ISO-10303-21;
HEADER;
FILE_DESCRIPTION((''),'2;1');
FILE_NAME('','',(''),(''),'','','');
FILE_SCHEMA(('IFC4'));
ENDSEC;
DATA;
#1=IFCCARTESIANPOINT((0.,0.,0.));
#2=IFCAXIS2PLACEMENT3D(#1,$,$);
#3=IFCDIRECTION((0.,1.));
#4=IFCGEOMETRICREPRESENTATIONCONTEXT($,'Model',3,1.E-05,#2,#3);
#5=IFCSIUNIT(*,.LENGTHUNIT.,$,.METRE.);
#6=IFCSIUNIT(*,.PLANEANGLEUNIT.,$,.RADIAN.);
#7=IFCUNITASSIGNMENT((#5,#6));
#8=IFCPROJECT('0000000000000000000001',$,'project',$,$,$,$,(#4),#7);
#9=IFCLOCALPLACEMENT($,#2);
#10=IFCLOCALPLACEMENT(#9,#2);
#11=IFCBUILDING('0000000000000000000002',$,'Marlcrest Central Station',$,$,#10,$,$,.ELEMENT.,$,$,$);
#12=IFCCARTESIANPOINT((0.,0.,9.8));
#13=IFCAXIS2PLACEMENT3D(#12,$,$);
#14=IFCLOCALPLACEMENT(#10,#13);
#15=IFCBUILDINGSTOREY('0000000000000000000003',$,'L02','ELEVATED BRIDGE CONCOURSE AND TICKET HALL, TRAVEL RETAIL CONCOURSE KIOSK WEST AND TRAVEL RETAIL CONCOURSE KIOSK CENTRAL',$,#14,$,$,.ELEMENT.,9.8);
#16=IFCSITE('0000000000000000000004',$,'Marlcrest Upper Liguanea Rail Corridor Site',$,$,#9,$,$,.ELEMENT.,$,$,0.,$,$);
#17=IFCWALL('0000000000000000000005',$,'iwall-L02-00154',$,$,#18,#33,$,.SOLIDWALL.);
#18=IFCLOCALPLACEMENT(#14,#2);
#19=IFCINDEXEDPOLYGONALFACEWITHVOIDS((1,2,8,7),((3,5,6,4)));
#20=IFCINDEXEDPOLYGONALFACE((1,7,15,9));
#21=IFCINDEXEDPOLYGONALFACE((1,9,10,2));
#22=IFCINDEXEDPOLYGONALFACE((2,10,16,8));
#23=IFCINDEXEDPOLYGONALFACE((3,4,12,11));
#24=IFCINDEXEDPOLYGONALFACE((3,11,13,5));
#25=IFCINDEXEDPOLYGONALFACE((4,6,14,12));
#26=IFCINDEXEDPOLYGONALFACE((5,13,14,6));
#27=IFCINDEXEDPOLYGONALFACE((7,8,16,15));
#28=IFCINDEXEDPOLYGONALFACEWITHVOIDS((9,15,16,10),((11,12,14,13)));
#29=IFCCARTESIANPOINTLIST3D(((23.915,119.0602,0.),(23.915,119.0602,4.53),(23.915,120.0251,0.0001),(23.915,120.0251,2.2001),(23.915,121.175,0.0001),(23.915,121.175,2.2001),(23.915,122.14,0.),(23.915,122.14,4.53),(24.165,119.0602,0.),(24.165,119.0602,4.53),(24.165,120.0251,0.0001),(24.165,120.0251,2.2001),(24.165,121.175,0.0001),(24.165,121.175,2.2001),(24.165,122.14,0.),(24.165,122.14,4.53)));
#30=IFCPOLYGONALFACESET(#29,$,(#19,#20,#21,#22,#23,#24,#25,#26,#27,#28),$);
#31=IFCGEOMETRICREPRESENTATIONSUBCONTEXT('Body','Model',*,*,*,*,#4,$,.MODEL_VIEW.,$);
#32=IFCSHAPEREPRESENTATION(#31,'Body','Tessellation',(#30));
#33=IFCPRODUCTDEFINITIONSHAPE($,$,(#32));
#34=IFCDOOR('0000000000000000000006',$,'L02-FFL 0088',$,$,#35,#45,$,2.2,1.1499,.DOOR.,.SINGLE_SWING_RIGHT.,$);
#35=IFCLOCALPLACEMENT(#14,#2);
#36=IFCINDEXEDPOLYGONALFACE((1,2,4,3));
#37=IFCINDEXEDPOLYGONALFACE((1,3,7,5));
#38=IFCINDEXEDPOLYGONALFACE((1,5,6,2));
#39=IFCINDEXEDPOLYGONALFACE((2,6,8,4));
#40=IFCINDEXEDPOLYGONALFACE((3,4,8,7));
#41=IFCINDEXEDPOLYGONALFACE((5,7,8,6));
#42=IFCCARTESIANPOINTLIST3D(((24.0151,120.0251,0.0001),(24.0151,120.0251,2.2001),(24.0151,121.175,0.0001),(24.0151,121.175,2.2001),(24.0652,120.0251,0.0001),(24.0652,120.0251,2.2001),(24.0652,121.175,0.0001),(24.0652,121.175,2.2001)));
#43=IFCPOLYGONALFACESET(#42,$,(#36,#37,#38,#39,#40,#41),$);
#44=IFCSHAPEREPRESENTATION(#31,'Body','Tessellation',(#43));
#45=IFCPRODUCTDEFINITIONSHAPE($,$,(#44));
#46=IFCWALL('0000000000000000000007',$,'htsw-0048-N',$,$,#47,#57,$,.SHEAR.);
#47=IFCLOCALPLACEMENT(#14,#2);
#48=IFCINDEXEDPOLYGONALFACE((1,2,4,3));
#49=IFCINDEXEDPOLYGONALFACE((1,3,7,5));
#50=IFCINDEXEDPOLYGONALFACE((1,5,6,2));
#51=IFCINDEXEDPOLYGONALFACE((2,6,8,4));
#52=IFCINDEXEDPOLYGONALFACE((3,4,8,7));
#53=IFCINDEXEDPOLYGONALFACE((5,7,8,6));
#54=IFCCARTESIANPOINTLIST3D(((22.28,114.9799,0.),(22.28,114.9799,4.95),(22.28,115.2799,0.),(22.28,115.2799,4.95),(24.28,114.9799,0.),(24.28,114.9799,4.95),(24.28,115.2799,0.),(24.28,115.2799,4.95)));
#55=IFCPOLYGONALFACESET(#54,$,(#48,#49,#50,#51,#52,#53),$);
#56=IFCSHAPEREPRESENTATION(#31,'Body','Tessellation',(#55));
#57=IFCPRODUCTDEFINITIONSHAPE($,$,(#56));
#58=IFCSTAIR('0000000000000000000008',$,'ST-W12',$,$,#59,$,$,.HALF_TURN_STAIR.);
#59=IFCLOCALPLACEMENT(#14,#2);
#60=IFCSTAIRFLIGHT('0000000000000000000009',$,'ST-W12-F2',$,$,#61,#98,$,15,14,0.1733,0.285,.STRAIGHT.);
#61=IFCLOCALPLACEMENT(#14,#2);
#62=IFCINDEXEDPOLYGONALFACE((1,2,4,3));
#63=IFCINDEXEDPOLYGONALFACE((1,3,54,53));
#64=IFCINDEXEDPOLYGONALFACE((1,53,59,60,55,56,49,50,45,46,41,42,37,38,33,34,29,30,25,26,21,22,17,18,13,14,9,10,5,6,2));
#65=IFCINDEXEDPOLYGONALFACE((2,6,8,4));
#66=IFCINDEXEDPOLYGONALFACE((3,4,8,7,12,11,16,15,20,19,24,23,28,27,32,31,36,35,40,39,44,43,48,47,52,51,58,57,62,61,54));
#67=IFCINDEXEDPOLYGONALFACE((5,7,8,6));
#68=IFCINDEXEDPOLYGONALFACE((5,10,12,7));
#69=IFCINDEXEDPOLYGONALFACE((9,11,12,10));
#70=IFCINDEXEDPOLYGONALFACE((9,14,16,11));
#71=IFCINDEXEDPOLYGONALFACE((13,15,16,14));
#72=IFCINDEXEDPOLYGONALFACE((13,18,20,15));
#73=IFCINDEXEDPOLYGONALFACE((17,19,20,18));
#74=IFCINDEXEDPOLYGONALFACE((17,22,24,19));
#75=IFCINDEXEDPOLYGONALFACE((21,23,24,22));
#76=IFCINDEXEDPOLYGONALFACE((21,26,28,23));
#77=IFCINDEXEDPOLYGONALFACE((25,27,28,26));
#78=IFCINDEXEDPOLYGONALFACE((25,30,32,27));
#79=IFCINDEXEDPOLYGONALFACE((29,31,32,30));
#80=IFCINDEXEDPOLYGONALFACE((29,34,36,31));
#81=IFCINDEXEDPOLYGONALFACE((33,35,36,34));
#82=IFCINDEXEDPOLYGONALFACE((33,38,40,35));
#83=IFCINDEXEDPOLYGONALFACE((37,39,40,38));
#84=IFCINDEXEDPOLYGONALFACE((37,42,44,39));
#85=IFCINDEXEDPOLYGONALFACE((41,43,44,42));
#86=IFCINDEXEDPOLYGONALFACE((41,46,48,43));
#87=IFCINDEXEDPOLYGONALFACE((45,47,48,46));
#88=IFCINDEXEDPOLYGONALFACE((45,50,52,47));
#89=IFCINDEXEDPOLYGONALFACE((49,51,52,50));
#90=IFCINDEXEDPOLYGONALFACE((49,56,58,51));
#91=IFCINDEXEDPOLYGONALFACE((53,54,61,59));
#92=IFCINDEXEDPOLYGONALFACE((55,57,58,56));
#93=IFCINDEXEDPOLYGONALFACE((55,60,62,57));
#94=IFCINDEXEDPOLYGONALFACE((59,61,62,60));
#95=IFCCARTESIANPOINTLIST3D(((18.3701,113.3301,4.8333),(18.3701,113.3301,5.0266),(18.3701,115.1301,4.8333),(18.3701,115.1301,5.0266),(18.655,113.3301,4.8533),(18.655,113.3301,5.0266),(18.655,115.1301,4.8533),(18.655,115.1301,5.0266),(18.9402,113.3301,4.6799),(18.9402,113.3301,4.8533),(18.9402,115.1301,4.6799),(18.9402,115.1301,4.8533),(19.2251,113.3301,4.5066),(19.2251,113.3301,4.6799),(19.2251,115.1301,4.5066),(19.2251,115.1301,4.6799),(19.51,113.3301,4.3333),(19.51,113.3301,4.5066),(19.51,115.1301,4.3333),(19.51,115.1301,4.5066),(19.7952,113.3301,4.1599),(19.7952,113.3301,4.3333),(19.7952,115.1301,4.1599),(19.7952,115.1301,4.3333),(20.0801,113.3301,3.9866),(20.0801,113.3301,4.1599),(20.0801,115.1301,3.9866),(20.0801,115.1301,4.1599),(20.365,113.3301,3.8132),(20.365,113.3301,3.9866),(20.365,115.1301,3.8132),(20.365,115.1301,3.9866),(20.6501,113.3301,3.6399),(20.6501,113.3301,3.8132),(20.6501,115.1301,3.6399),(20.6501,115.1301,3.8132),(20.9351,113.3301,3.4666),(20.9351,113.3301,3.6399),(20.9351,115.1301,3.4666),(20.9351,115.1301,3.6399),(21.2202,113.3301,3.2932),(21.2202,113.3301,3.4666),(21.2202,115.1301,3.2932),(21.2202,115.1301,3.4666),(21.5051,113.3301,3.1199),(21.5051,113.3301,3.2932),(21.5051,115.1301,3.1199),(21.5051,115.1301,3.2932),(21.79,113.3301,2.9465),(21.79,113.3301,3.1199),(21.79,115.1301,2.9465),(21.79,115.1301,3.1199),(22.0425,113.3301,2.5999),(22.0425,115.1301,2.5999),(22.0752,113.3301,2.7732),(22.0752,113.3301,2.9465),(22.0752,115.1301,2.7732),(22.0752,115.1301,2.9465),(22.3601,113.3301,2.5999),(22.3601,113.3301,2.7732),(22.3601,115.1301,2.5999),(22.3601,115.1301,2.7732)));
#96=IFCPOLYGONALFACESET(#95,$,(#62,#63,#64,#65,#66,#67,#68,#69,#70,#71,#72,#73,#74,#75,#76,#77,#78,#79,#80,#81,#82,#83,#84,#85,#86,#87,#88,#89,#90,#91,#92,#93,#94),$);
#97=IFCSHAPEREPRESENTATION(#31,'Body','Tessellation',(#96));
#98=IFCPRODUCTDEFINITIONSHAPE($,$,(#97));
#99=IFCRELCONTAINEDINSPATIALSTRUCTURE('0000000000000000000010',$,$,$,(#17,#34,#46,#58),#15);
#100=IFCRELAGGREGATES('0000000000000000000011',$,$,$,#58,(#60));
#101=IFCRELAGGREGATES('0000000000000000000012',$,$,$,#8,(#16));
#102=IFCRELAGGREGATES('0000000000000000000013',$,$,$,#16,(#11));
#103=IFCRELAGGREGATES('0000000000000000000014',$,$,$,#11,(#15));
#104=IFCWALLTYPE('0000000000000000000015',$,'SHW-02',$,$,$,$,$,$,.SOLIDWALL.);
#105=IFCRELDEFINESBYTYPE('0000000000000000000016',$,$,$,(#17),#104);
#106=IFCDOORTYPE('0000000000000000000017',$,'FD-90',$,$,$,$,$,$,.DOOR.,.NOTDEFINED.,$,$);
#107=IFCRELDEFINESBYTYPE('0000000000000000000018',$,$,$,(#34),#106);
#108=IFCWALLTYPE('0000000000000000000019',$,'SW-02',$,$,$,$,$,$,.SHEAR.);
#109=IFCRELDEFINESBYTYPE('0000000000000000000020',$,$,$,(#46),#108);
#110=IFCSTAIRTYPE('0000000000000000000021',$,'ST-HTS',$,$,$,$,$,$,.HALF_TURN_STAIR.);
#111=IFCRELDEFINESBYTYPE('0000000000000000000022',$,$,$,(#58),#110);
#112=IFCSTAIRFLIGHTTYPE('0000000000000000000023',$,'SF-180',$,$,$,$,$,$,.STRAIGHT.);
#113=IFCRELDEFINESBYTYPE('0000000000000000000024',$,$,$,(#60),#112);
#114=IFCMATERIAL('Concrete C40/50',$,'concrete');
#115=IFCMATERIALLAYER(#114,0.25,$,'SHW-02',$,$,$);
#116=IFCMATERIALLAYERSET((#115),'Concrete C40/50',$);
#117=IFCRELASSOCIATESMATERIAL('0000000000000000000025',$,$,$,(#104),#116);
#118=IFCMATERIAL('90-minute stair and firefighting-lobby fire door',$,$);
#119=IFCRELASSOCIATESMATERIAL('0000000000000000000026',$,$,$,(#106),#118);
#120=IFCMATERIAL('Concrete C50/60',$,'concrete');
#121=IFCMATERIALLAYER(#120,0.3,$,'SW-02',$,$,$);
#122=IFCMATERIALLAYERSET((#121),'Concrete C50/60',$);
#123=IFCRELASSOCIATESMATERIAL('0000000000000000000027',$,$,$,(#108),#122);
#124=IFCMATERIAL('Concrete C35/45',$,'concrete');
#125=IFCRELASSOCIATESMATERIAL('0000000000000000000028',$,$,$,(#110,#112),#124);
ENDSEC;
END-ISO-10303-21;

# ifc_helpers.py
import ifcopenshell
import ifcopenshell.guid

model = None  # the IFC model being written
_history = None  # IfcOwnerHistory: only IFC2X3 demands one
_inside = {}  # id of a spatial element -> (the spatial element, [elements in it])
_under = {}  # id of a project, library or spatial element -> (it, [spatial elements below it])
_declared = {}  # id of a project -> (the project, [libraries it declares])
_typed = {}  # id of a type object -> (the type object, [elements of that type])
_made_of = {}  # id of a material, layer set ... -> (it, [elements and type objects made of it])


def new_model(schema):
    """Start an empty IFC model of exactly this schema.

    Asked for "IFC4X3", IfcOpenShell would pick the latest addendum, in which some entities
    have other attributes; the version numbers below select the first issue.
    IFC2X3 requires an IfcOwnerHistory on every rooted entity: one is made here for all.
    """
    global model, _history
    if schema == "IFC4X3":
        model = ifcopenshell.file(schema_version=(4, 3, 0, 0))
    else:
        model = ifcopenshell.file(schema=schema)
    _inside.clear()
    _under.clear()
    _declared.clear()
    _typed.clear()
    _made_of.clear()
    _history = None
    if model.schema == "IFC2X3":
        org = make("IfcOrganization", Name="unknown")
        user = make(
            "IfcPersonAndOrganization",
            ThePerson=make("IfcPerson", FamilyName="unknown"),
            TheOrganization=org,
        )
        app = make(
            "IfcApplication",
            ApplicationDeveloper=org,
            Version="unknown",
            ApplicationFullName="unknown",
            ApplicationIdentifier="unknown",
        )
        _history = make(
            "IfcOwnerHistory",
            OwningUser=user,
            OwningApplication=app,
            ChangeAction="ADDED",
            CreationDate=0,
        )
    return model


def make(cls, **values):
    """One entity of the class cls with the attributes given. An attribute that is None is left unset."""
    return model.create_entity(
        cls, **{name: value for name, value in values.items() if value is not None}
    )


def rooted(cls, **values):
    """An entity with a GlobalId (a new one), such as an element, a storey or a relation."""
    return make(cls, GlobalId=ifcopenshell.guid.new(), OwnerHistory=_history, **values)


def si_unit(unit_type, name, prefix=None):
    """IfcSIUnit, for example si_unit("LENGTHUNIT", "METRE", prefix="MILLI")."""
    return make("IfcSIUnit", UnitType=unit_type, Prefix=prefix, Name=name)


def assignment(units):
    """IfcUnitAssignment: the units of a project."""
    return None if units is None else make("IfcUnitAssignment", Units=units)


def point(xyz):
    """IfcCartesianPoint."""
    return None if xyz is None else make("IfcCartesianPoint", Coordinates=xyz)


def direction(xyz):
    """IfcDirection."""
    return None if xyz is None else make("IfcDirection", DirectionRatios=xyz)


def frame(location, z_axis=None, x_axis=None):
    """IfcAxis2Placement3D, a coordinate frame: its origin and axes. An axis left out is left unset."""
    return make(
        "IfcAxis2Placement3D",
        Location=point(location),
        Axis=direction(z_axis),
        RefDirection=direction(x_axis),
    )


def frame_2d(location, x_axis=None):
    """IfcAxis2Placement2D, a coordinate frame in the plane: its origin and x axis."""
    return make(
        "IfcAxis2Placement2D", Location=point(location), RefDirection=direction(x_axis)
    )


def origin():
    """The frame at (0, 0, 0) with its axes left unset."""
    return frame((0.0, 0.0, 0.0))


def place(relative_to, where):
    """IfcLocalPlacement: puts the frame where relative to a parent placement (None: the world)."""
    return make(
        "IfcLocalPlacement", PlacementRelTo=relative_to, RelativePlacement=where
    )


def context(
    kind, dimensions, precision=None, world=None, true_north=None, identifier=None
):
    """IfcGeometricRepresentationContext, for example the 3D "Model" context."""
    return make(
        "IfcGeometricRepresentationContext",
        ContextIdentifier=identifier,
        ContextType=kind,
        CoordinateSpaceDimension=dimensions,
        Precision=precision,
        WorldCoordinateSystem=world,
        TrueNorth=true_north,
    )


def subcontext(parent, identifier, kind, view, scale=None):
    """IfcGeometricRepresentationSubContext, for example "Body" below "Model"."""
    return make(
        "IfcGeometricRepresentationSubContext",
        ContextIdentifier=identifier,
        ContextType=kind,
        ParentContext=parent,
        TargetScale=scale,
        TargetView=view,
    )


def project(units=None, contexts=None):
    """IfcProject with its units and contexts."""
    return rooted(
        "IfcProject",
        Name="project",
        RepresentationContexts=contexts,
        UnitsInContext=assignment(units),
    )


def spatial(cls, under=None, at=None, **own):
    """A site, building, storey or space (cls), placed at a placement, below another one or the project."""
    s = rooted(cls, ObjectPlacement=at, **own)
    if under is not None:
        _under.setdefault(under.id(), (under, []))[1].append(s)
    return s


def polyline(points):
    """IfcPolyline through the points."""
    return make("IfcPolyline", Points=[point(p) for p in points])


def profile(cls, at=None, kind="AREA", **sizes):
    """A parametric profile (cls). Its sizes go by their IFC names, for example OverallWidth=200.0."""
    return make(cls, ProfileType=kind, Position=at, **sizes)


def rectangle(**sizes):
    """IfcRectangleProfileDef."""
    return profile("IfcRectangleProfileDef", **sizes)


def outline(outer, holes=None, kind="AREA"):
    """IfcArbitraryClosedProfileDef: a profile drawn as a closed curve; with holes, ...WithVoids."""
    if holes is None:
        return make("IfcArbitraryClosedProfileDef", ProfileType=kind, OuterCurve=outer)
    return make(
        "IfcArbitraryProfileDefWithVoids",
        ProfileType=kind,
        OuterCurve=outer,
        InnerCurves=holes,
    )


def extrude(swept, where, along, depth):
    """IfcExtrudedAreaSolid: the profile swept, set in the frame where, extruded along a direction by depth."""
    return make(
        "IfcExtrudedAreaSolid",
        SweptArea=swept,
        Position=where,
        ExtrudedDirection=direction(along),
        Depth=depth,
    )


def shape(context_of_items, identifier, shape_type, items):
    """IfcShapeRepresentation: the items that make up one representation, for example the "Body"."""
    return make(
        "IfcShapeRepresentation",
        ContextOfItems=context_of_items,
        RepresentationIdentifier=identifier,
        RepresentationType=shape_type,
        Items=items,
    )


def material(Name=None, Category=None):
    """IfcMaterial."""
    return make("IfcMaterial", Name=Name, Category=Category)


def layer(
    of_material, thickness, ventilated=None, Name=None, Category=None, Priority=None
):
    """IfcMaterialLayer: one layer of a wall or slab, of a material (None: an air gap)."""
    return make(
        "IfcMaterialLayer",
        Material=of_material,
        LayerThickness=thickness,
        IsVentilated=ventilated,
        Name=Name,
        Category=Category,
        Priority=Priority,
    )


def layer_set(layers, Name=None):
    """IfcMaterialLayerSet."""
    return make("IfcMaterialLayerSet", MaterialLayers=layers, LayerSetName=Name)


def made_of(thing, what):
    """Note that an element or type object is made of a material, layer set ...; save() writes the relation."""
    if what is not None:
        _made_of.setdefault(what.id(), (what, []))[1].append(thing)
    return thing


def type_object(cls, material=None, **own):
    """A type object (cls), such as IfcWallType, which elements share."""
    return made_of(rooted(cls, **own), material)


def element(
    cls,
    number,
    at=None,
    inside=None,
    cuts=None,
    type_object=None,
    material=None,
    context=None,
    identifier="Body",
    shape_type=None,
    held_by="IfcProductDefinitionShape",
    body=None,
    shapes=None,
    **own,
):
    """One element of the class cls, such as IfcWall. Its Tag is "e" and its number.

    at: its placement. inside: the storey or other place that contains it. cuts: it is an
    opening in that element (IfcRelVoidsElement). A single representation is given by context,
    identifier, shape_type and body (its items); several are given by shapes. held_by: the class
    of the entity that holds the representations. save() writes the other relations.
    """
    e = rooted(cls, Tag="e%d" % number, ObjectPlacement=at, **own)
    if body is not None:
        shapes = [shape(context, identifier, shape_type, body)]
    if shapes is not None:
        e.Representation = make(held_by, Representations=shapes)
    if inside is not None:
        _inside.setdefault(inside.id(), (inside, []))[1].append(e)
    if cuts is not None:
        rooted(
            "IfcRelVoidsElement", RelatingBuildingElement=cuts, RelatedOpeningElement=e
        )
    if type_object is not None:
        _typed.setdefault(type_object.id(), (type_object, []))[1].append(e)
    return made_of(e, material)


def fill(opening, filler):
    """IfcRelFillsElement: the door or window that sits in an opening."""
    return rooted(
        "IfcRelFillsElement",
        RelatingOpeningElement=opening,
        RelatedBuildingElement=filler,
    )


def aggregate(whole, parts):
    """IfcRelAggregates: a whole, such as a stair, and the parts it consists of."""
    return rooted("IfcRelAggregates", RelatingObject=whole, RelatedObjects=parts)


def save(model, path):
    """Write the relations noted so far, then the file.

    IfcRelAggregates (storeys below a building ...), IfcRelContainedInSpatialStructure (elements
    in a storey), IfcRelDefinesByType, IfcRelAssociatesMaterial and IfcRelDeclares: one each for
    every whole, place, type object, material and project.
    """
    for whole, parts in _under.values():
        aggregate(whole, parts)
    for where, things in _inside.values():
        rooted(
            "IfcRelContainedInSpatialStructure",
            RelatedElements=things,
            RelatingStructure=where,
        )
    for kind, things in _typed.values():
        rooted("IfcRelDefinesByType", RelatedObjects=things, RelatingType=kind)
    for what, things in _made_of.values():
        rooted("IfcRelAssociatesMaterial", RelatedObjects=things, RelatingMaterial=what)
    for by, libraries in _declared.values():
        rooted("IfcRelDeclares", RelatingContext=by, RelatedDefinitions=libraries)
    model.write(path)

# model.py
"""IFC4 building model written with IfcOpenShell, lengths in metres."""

from ifc_helpers import new_model, si_unit, direction, frame, frame_2d, origin, place, context, subcontext, project, spatial, polyline, rectangle, outline, extrude, material, layer, layer_set, type_object, element, fill, aggregate, save


model = new_model("IFC4")

# Units and contexts
model_context = context("Model", 3, precision=1e-05, world=origin(), true_north=direction((0.0, 1.0)))
body_context = subcontext(model_context, "Body", "Model", "MODEL_VIEW")
ifc_project = project(units=[si_unit("LENGTHUNIT", "METRE"), si_unit("PLANEANGLEUNIT", "RADIAN")], contexts=[model_context])

# Site, building, storey
site_placement = place(None, origin())
site = spatial("IfcSite", under=ifc_project, at=site_placement, Name="Marlcrest Upper Liguanea Rail Corridor Site", CompositionType="ELEMENT", RefElevation=0.0)
building_placement = place(site_placement, origin())
building = spatial("IfcBuilding", under=site, at=building_placement, Name="Marlcrest Central Station", CompositionType="ELEMENT")
storey_placement = place(building_placement, frame((0.0, 0.0, 9.8)))
storey = spatial("IfcBuildingStorey", under=building, at=storey_placement, Name="L02", Description="ELEVATED BRIDGE CONCOURSE AND TICKET HALL, TRAVEL RETAIL CONCOURSE KIOSK WEST AND TRAVEL RETAIL CONCOURSE KIOSK CENTRAL", CompositionType="ELEMENT", Elevation=9.8)

# Shared definitions
ifc_material_1 = material(Name="Concrete C40/50", Category="concrete")

# Wall, opening, door
ifc_layer_1 = layer(ifc_material_1, 0.25, Name="SHW-02")
ifc_layer_set_1 = layer_set([ifc_layer_1], Name="Concrete C40/50")
wall_type_1 = type_object("IfcWallType", Name="SHW-02", PredefinedType="SOLIDWALL", material=ifc_layer_set_1)
wall_1_placement = place(storey_placement, frame((24.04, 119.0601, 0.0), z_axis=(0.0, 0.0, 1.0), x_axis=(0.0, 1.0, 0.0)))
wall_1 = element("IfcWall", 1, at=wall_1_placement, inside=storey, type_object=wall_type_1, Name="iwall-L02-00154", PredefinedType="SOLIDWALL", context=body_context, shape_type="SweptSolid", body=[
    extrude(rectangle(XDim=3.0798, YDim=0.25, at=frame_2d((1.54, 0.0))), origin(), (0.0, 0.0, 1.0), 4.53),
])
opening_1_placement = place(wall_1_placement, frame((0.9651, 0.0, 0.0)))
opening_1 = element("IfcOpeningElement", 2, at=opening_1_placement, cuts=wall_1, PredefinedType="OPENING", context=body_context, shape_type="SweptSolid", body=[
    extrude(rectangle(XDim=1.1499, YDim=2.2, at=frame_2d((0.575, 1.1001))), frame((0.0, 0.135, 0.0), z_axis=(0.0, -1.0, 0.0), x_axis=(1.0, 0.0, 0.0)), (0.0, 0.0, 1.0), 0.27),
])
ifc_material_2 = material(Name="90-minute stair and firefighting-lobby fire door")
door_type_1 = type_object("IfcDoorType", Name="FD-90", OperationType="NOTDEFINED", PredefinedType="DOOR", material=ifc_material_2)
door_1_placement = place(opening_1_placement, origin())
door_1 = element("IfcDoor", 3, at=door_1_placement, inside=storey, type_object=door_type_1, Name="L02-FFL 0088", OperationType="SINGLE_SWING_RIGHT", OverallHeight=2.2, OverallWidth=1.1499, PredefinedType="DOOR", context=body_context, shape_type="SweptSolid", body=[
    extrude(rectangle(XDim=1.1499, YDim=2.2, at=frame_2d((0.575, 1.1001))), frame((0.0, 0.0249, 0.0), z_axis=(0.0, -1.0, 0.0), x_axis=(1.0, 0.0, 0.0)), (0.0, 0.0, 1.0), 0.05),
])
fill(opening_1, door_1)

# Wall
ifc_material_3 = material(Name="Concrete C50/60", Category="concrete")
ifc_layer_2 = layer(ifc_material_3, 0.3, Name="SW-02")
ifc_layer_set_2 = layer_set([ifc_layer_2], Name="Concrete C50/60")
wall_type_2 = type_object("IfcWallType", Name="SW-02", PredefinedType="SHEAR", material=ifc_layer_set_2)
wall_2_placement = place(storey_placement, frame((24.28, 115.1299, 0.0), z_axis=(0.0, 0.0, 1.0), x_axis=(-1.0, 0.0, 0.0)))
element("IfcWall", 4, at=wall_2_placement, inside=storey, type_object=wall_type_2, Name="htsw-0048-N", PredefinedType="SHEAR", context=body_context, shape_type="SweptSolid", body=[
    extrude(rectangle(XDim=2.0, YDim=0.3, at=frame_2d((1.0, 0.0))), origin(), (0.0, 0.0, 1.0), 4.95),
])

# Stair, stair flight
ifc_material_4 = material(Name="Concrete C35/45", Category="concrete")
stair_type = type_object("IfcStairType", Name="ST-HTS", PredefinedType="HALF_TURN_STAIR", material=ifc_material_4)
stair_placement = place(storey_placement, origin())
stair = element("IfcStair", 5, at=stair_placement, inside=storey, type_object=stair_type, Name="ST-W12", PredefinedType="HALF_TURN_STAIR")
stair_flight_type = type_object("IfcStairFlightType", Name="SF-180", PredefinedType="STRAIGHT", material=ifc_material_4)
stair_flight_placement = place(storey_placement, frame((22.3601, 114.23, 2.5999), z_axis=(0.0, 0.0, 1.0), x_axis=(-1.0, 0.0, 0.0)))
stair_flight = element("IfcStairFlight", 6, at=stair_flight_placement, type_object=stair_flight_type, Name="ST-W12-F2", NumberOfRisers=15, NumberOfTreads=14, PredefinedType="STRAIGHT", RiserHeight=0.1733, TreadLength=0.285, context=body_context, shape_type="SweptSolid", body=[
    extrude(outline(polyline([(0.0, 0.0), (0.0, 0.1733), (0.2849, 0.1733), (0.2849, 0.3467), (0.5701, 0.3467), (0.5701, 0.52), (0.855, 0.52), (0.855, 0.6934), (1.1399, 0.6934), (1.1399, 0.8667), (1.425, 0.8667), (1.425, 1.04), (1.71, 1.04), (1.71, 1.2134), (1.9951, 1.2134), (1.9951, 1.3867), (2.28, 1.3867), (2.28, 1.5601), (2.5649, 1.5601), (2.5649, 1.7334), (2.8501, 1.7334), (2.8501, 1.9067), (3.135, 1.9067), (3.135, 2.0801), (3.4199, 2.0801), (3.4199, 2.2534), (3.7051, 2.2534), (3.7051, 2.4268), (3.99, 2.4268), (3.99, 2.6001), (3.99, 2.2334), (0.3176, 0.0), (0.0, 0.0)])), frame((0.0, 0.8999, 0.0), z_axis=(0.0, -1.0, 0.0), x_axis=(1.0, 0.0, 0.0)), (0.0, 0.0, 1.0), 1.8),
])
aggregate(stair, [stair_flight])

save(model, "model.ifc")
